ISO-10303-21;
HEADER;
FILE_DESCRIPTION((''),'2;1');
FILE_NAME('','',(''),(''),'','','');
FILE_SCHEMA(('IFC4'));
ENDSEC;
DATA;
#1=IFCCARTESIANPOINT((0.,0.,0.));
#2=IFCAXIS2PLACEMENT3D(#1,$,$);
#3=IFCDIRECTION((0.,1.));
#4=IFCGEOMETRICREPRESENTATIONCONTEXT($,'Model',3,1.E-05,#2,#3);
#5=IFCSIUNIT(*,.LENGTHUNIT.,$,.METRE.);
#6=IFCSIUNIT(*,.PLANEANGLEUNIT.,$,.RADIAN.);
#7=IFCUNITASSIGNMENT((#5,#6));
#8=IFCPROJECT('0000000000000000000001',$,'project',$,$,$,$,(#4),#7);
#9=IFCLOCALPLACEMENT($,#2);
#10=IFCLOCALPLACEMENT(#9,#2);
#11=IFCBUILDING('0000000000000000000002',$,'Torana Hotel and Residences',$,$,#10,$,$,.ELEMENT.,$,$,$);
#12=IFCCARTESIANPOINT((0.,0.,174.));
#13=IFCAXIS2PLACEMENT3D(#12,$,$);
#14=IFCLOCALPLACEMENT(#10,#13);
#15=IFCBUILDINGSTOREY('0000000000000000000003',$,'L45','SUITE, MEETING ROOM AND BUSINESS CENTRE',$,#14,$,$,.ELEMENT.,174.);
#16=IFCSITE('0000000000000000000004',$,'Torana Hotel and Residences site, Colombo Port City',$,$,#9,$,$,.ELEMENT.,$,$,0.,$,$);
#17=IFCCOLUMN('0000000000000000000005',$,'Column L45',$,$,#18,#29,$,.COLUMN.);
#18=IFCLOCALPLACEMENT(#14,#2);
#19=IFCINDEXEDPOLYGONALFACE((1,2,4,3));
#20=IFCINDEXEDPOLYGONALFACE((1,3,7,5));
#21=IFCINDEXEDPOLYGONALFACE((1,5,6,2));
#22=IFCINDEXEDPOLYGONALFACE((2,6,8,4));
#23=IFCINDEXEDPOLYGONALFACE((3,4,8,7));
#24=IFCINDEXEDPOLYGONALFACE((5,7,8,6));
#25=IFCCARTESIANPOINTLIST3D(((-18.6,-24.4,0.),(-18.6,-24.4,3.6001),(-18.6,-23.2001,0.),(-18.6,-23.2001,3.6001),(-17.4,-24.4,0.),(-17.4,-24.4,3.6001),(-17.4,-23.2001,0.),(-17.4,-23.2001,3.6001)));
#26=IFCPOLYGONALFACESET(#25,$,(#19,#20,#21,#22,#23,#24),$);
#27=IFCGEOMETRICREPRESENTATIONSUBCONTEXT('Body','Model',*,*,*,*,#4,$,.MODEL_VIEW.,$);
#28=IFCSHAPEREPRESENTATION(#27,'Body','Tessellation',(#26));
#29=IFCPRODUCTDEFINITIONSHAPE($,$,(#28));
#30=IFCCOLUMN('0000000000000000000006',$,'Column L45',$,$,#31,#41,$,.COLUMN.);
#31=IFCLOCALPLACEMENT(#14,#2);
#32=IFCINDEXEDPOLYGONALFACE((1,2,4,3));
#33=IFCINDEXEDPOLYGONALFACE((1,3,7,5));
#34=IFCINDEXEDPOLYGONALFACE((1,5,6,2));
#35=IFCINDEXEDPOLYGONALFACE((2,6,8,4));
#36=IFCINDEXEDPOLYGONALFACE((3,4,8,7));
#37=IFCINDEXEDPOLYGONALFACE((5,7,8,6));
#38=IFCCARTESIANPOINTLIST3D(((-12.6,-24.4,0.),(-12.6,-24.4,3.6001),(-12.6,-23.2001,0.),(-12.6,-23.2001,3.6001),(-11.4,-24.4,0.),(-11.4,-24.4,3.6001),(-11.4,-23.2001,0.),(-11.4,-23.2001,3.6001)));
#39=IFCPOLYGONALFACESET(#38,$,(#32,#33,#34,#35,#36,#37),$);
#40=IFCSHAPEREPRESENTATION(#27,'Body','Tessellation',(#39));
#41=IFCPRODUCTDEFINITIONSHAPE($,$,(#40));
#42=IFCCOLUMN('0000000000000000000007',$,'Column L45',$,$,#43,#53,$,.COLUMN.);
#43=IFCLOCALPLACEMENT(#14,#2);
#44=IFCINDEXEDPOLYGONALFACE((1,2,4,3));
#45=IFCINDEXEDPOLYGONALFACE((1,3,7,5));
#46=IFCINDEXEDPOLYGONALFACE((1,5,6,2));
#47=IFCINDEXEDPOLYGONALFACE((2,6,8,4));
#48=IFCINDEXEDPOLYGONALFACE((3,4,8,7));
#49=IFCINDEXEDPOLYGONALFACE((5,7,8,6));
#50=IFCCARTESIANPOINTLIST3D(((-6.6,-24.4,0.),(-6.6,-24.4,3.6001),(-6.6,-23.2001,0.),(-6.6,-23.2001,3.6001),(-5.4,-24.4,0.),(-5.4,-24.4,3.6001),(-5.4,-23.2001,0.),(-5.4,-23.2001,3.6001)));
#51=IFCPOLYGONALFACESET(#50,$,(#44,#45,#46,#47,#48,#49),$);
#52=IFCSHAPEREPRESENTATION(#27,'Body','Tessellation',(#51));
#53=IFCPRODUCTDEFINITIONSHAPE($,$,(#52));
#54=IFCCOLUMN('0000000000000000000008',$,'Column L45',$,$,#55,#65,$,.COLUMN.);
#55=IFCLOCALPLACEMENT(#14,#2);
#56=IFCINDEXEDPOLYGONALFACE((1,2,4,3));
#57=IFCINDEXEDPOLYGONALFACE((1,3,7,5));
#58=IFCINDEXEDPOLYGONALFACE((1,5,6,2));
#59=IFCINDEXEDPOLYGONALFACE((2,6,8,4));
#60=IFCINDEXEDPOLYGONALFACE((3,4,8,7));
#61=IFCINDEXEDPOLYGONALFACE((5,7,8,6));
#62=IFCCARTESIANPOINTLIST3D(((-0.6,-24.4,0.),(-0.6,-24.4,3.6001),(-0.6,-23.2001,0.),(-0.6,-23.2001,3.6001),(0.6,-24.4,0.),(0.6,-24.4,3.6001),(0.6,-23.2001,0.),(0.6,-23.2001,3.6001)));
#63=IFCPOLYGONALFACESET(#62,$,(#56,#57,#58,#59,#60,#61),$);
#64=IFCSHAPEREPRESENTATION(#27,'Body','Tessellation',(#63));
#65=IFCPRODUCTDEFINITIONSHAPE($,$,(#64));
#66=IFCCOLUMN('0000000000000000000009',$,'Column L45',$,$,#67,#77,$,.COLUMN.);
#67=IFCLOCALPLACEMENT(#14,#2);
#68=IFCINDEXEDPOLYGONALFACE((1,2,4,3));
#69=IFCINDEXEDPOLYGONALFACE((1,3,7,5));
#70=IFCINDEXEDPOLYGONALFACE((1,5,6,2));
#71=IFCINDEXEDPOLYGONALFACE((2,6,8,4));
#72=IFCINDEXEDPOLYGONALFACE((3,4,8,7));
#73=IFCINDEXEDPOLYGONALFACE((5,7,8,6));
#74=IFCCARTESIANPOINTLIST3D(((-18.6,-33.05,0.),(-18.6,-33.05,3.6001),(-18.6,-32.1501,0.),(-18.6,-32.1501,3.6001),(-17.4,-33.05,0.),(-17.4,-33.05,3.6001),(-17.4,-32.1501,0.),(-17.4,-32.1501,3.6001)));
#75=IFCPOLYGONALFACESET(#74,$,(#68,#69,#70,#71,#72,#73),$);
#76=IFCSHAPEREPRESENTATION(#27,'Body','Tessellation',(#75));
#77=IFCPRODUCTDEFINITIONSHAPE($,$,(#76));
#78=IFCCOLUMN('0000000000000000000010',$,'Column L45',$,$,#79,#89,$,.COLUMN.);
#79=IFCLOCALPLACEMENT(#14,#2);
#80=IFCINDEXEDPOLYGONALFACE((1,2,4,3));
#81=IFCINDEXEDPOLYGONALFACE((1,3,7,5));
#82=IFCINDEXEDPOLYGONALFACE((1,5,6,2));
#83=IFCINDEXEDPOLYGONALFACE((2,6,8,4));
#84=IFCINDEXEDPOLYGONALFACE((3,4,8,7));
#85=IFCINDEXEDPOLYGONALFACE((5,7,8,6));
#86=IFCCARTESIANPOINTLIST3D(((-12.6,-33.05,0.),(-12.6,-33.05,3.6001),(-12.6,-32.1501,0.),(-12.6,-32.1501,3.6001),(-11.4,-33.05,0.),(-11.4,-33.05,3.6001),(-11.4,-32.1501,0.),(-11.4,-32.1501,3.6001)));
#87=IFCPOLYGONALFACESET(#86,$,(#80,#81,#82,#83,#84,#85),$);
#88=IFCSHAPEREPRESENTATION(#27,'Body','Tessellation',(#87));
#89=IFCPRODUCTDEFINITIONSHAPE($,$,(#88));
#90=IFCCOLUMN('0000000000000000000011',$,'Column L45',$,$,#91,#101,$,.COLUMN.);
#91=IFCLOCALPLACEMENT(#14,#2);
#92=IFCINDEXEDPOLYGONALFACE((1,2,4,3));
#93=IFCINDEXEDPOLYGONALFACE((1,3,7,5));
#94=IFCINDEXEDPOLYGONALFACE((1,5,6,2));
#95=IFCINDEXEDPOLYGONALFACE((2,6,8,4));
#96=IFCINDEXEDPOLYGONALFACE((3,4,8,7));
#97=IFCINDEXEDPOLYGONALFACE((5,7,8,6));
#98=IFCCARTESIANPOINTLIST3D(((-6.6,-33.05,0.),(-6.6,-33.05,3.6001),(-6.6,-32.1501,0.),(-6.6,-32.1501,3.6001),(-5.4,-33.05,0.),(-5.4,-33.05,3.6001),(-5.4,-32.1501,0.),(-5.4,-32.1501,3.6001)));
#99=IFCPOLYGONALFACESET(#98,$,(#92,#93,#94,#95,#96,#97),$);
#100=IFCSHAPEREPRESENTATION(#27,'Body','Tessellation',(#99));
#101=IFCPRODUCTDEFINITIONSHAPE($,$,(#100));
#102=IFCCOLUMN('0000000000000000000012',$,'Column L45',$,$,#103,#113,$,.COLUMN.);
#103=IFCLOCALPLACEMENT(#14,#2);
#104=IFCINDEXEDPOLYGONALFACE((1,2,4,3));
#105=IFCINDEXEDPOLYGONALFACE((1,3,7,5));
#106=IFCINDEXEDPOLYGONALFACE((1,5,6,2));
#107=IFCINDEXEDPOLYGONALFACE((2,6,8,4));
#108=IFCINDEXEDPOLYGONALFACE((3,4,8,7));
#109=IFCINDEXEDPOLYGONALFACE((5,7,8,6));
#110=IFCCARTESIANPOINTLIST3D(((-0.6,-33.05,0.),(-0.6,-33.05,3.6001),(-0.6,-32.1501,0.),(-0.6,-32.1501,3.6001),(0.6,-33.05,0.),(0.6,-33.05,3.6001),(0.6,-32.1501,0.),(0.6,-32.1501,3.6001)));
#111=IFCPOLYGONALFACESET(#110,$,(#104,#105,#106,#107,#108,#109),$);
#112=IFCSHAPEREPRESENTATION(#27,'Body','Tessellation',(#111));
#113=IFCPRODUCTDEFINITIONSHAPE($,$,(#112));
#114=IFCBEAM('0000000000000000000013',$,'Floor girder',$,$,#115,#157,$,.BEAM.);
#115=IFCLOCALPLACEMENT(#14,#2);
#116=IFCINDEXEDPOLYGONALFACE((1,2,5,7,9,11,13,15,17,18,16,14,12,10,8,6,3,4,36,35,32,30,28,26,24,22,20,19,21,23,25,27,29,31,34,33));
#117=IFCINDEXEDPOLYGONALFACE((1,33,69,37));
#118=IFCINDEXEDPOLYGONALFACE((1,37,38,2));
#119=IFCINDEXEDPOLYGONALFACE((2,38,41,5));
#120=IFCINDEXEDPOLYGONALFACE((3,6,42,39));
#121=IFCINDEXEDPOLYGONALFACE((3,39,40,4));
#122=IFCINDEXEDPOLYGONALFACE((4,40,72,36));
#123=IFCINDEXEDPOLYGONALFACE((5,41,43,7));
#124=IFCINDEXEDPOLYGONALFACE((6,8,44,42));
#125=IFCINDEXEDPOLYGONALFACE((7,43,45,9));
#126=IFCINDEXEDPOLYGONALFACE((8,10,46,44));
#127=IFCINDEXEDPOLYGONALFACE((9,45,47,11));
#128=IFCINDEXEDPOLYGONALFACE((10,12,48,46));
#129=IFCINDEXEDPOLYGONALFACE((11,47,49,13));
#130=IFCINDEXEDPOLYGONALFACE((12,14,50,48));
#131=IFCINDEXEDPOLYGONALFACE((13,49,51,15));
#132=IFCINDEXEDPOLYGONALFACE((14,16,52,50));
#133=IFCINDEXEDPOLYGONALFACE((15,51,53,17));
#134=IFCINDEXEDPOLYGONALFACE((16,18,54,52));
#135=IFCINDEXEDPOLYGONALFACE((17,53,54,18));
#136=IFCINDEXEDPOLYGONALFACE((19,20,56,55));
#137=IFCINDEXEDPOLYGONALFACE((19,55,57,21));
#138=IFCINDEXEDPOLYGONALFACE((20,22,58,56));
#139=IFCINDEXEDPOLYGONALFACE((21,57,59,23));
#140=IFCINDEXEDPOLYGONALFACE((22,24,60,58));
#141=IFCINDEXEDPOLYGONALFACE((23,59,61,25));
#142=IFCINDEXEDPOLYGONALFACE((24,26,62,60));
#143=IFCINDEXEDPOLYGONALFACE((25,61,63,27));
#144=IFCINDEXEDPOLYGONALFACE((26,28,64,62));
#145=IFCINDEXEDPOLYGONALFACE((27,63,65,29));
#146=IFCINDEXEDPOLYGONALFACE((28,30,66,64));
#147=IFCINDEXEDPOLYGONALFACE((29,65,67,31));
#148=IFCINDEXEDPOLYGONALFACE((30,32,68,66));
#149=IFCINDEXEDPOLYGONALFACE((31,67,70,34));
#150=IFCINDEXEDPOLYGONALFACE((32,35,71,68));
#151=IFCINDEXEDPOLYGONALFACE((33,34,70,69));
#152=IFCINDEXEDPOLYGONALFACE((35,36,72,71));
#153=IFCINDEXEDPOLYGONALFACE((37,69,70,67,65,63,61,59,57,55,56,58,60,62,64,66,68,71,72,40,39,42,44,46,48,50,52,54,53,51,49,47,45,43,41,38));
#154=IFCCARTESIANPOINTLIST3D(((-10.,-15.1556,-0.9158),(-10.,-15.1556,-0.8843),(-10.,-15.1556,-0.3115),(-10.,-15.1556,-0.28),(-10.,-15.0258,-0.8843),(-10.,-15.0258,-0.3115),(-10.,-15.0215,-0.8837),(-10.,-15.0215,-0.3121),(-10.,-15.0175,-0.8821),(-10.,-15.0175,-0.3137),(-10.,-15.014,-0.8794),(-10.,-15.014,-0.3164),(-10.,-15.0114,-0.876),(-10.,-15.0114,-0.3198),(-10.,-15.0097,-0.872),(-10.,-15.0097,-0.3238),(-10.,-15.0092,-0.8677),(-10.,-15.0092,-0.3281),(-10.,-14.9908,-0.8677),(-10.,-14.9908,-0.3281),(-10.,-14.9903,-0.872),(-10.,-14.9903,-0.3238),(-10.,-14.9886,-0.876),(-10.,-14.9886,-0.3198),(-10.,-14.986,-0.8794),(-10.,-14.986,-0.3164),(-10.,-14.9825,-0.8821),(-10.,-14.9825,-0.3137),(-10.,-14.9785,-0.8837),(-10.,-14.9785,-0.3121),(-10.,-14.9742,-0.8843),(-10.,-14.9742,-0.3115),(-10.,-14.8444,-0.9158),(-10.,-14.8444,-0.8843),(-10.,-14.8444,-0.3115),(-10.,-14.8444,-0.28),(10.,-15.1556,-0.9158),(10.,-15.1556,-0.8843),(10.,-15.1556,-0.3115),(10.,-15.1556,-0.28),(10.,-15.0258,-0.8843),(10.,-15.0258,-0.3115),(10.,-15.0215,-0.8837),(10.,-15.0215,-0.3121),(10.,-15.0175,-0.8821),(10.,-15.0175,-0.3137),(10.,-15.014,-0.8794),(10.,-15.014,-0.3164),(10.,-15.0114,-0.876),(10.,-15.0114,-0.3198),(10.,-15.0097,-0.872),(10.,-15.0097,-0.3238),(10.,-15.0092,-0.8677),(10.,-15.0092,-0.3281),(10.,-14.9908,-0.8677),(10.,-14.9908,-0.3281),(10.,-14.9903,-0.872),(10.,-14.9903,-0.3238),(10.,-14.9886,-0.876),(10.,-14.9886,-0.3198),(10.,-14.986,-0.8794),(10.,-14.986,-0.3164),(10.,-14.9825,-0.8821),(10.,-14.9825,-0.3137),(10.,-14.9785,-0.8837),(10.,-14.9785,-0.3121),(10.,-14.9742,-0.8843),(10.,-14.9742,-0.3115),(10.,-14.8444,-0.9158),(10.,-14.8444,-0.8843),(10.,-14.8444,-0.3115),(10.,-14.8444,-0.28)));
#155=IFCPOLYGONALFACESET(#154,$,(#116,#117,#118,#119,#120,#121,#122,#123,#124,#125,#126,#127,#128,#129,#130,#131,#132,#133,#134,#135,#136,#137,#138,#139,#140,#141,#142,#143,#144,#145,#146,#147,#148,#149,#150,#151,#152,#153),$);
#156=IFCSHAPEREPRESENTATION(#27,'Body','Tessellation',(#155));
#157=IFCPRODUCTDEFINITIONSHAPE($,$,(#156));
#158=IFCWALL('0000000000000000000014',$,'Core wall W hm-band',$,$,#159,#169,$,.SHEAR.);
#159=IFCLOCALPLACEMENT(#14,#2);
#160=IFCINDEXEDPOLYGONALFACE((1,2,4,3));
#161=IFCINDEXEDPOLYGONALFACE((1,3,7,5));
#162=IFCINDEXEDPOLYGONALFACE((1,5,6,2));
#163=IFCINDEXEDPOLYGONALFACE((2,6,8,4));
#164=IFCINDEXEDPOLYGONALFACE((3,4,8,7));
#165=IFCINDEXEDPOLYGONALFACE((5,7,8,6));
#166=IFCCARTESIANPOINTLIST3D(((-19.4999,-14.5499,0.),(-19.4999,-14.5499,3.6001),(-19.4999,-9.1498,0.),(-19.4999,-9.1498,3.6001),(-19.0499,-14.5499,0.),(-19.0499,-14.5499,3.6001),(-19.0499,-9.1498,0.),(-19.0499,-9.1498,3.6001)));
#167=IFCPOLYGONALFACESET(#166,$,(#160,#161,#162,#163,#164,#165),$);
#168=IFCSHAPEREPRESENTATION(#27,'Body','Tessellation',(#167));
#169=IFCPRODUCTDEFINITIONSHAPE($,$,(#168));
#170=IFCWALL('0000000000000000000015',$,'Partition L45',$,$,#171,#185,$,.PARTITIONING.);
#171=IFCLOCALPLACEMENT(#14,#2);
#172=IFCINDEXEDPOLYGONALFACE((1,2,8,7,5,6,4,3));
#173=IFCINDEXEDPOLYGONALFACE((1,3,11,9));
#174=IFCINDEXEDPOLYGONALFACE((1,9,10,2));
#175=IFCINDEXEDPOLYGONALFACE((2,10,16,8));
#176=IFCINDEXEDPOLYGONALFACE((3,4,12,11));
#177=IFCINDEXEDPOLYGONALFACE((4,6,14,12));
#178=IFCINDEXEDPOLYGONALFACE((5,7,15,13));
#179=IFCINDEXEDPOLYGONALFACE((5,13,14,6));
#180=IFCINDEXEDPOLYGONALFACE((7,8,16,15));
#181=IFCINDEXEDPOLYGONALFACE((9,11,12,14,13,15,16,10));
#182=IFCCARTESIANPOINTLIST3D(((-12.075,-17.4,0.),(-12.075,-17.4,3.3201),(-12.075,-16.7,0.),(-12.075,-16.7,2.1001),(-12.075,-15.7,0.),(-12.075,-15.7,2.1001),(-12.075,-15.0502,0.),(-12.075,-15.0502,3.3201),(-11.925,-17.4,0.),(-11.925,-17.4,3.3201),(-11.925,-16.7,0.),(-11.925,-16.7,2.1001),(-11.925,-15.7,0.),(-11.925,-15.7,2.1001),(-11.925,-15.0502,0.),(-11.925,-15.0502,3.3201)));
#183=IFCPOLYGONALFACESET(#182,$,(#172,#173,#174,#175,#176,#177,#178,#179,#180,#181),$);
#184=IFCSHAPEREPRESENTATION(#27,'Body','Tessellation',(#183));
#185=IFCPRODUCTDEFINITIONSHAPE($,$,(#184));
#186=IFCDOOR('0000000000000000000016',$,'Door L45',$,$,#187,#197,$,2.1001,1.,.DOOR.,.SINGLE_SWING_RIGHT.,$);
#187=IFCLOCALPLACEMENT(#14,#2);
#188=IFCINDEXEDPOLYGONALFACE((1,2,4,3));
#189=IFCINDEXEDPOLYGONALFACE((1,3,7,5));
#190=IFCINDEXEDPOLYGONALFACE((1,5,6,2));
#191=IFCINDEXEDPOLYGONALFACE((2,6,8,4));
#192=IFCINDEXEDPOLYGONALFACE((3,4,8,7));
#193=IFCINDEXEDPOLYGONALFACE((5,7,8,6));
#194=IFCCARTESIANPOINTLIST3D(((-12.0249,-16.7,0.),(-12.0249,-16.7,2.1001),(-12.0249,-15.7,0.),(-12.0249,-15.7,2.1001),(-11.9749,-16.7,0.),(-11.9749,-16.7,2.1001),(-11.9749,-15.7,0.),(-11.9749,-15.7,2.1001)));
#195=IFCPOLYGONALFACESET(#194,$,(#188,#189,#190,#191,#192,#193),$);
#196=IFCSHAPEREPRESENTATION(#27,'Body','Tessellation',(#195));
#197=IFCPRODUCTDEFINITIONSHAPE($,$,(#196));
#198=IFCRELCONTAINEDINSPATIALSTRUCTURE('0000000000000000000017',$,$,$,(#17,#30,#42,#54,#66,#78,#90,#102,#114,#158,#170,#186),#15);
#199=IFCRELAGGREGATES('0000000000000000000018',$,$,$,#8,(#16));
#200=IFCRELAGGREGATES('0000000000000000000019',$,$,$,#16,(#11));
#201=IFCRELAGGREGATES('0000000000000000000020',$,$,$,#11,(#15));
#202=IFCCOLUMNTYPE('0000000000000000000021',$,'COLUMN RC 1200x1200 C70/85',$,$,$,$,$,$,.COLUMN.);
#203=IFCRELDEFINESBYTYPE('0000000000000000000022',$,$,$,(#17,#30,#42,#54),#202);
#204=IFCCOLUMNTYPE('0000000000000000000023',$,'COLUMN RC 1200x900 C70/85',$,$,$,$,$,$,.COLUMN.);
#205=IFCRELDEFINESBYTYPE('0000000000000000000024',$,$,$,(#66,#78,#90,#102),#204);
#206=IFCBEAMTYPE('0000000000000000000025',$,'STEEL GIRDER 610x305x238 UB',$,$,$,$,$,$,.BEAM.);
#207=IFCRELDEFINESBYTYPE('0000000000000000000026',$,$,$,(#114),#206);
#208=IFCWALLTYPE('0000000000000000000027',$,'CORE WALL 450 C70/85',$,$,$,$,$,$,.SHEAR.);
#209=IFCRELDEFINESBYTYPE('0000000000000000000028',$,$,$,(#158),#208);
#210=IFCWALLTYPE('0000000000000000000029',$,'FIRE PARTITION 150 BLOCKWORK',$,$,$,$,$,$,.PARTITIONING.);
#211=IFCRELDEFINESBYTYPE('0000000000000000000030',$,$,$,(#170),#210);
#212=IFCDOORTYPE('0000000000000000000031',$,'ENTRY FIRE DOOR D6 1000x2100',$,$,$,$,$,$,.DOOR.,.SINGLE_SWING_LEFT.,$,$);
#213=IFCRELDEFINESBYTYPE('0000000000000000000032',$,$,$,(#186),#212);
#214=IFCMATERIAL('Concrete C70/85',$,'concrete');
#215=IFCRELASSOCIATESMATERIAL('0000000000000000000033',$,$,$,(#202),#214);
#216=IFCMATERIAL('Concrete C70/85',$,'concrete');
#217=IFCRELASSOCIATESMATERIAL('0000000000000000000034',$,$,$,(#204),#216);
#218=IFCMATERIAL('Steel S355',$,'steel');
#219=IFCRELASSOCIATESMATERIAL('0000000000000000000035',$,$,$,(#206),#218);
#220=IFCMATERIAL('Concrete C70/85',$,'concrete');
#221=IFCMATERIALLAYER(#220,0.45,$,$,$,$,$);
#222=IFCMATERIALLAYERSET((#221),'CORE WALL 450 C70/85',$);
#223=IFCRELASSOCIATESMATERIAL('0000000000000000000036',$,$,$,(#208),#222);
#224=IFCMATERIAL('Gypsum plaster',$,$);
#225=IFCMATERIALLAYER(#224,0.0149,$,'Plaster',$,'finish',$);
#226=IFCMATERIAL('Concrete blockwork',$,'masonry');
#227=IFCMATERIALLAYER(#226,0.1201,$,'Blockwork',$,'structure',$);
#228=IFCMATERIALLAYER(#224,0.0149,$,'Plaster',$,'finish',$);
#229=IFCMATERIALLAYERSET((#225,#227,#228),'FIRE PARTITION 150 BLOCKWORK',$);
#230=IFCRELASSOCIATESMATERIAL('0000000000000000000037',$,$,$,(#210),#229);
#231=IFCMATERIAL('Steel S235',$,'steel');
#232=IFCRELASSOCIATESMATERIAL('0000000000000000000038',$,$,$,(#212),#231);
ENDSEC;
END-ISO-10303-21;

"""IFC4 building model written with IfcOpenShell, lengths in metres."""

from ifc_helpers import new_model, si_unit, direction, frame, frame_2d, origin, origin_2d, place, context, subcontext, project, spatial, rectangle, i_section, extrude, material, layer, layer_set, material_profile, profile_set, type_object, element, fill, save


model = new_model("IFC4")

# Units and contexts
model_context = context("Model", 3, precision=1e-05, world=origin(), true_north=direction((0.0, 1.0)))
body_context = subcontext(model_context, "Body", "Model", "MODEL_VIEW")
ifc_project = project(units=[si_unit("LENGTHUNIT", "METRE"), si_unit("PLANEANGLEUNIT", "RADIAN")], contexts=[model_context])

# Site, building, storey
site_placement = place(None, origin())
site = spatial("IfcSite", under=ifc_project, at=site_placement, Name="Torana Hotel and Residences site, Colombo Port City", CompositionType="ELEMENT", RefElevation=0.0)
building_placement = place(site_placement, origin())
building = spatial("IfcBuilding", under=site, at=building_placement, Name="Torana Hotel and Residences", CompositionType="ELEMENT")
storey_placement = place(building_placement, frame((0.0, 0.0, 174.0)))
storey = spatial("IfcBuildingStorey", under=building, at=storey_placement, Name="L45", Description="SUITE, MEETING ROOM AND BUSINESS CENTRE", CompositionType="ELEMENT", Elevation=174.0)

# Columns
ifc_material_1 = material(Name="Concrete C70/85", Category="concrete")
ifc_material_profile_1 = material_profile(ifc_material_1, rectangle(XDim=1.2, YDim=1.2, at=origin_2d()), Name="RC 1200x1200")
ifc_profile_set_1 = profile_set([ifc_material_profile_1], Name="Concrete C70/85")
column_type_1 = type_object("IfcColumnType", Name="COLUMN RC 1200x1200 C70/85", PredefinedType="COLUMN", material=ifc_profile_set_1)
for number, where, z_axis, x_axis, name in (
    (1, (-18.0, -23.8, 0.0), (0.0, 0.0, 1.0), (1.0, 0.0, 0.0), "Column L45"),
    (2, (-12.0, -23.8, 0.0), (0.0, 0.0, 1.0), (1.0, 0.0, 0.0), "Column L45"),
    (3, (-6.0, -23.8, 0.0), (0.0, 0.0, 1.0), (1.0, 0.0, 0.0), "Column L45"),
    (4, (0.0, -23.8, 0.0), (0.0, 0.0, 1.0), (1.0, 0.0, 0.0), "Column L45"),
):
    element("IfcColumn", number, at=place(storey_placement, frame(where, z_axis=z_axis, x_axis=x_axis)), inside=storey, type_object=column_type_1, Name=name, PredefinedType="COLUMN", context=body_context, shape_type="SweptSolid", body=[
        extrude(rectangle(XDim=1.2, YDim=1.2, at=origin_2d()), origin(), (0.0, 0.0, 1.0), 3.6001),
    ])
ifc_material_2 = material(Name="Concrete C70/85", Category="concrete")
ifc_material_profile_2 = material_profile(ifc_material_2, rectangle(XDim=1.2, YDim=0.8999, at=origin_2d()), Name="RC 1200x900")
ifc_profile_set_2 = profile_set([ifc_material_profile_2], Name="Concrete C70/85")
column_type_2 = type_object("IfcColumnType", Name="COLUMN RC 1200x900 C70/85", PredefinedType="COLUMN", material=ifc_profile_set_2)
for number, where, z_axis, x_axis, name in (
    (5, (-18.0, -32.6001, 0.0), (0.0, 0.0, 1.0), (1.0, 0.0, 0.0), "Column L45"),
    (6, (-12.0, -32.6001, 0.0), (0.0, 0.0, 1.0), (1.0, 0.0, 0.0), "Column L45"),
    (7, (-6.0, -32.6001, 0.0), (0.0, 0.0, 1.0), (1.0, 0.0, 0.0), "Column L45"),
    (8, (0.0, -32.6001, 0.0), (0.0, 0.0, 1.0), (1.0, 0.0, 0.0), "Column L45"),
):
    element("IfcColumn", number, at=place(storey_placement, frame(where, z_axis=z_axis, x_axis=x_axis)), inside=storey, type_object=column_type_2, Name=name, PredefinedType="COLUMN", context=body_context, shape_type="SweptSolid", body=[
        extrude(rectangle(XDim=1.2, YDim=0.8999, at=origin_2d()), origin(), (0.0, 0.0, 1.0), 3.6001),
    ])

# Beam
ifc_material_3 = material(Name="Steel S355", Category="steel")
ifc_material_profile_3 = material_profile(ifc_material_3, i_section(OverallWidth=0.3113, OverallDepth=0.6357, WebThickness=0.0183, FlangeThickness=0.0315, FilletRadius=0.0166, at=origin_2d()), Name="610x305x238 UB")
ifc_profile_set_3 = profile_set([ifc_material_profile_3], Name="Steel S355")
beam_type = type_object("IfcBeamType", Name="STEEL GIRDER 610x305x238 UB", PredefinedType="BEAM", material=ifc_profile_set_3)
beam_placement = place(storey_placement, frame((-10.0, -15.0, -0.5979), z_axis=(1.0, 0.0, 0.0), x_axis=(0.0, 1.0, 0.0)))
element("IfcBeam", 9, at=beam_placement, inside=storey, type_object=beam_type, Name="Floor girder", PredefinedType="BEAM", context=body_context, shape_type="SweptSolid", body=[
    extrude(i_section(OverallWidth=0.3113, OverallDepth=0.6357, WebThickness=0.0183, FlangeThickness=0.0315, FilletRadius=0.0166, at=origin_2d()), origin(), (0.0, 0.0, 1.0), 20.0),
])

# Wall
ifc_material_4 = material(Name="Concrete C70/85", Category="concrete")
ifc_layer_1 = layer(ifc_material_4, 0.45)
ifc_layer_set_1 = layer_set([ifc_layer_1], Name="CORE WALL 450 C70/85")
wall_type_1 = type_object("IfcWallType", Name="CORE WALL 450 C70/85", PredefinedType="SHEAR", material=ifc_layer_set_1)
wall_1_placement = place(storey_placement, frame((-19.2749, -14.55, 0.0), z_axis=(0.0, 0.0, 1.0), x_axis=(0.0, 1.0, 0.0)))
element("IfcWall", 10, at=wall_1_placement, inside=storey, type_object=wall_type_1, Name="Core wall W hm-band", PredefinedType="SHEAR", context=body_context, shape_type="SweptSolid", body=[
    extrude(rectangle(XDim=5.4001, YDim=0.45, at=frame_2d((2.7002, 0.0))), origin(), (0.0, 0.0, 1.0), 3.6001),
])

# Wall, opening, door
ifc_material_5 = material(Name="Gypsum plaster")
ifc_layer_2 = layer(ifc_material_5, 0.0149, Name="Plaster", Category="finish")
ifc_material_6 = material(Name="Concrete blockwork", Category="masonry")
ifc_layer_3 = layer(ifc_material_6, 0.1201, Name="Blockwork", Category="structure")
ifc_layer_4 = layer(ifc_material_5, 0.0149, Name="Plaster", Category="finish")
ifc_layer_set_2 = layer_set([ifc_layer_2, ifc_layer_3, ifc_layer_4], Name="FIRE PARTITION 150 BLOCKWORK")
wall_type_2 = type_object("IfcWallType", Name="FIRE PARTITION 150 BLOCKWORK", PredefinedType="PARTITIONING", material=ifc_layer_set_2)
wall_2_placement = place(storey_placement, frame((-12.0, -17.3999, 0.0), z_axis=(0.0, 0.0, 1.0), x_axis=(0.0, 1.0, 0.0)))
wall_2 = element("IfcWall", 11, at=wall_2_placement, inside=storey, type_object=wall_type_2, Name="Partition L45", PredefinedType="PARTITIONING", context=body_context, shape_type="SweptSolid", body=[
    extrude(rectangle(XDim=2.3499, YDim=0.1499, at=frame_2d((1.1748, 0.0))), origin(), (0.0, 0.0, 1.0), 3.3201),
])
opening_1_placement = place(wall_2_placement, frame((0.7, 0.0, 0.0)))
opening_1 = element("IfcOpeningElement", 12, at=opening_1_placement, cuts=wall_2, PredefinedType="OPENING", context=body_context, shape_type="SweptSolid", body=[
    extrude(rectangle(XDim=1.0, YDim=2.1001, at=frame_2d((0.5, 1.05))), frame((0.0, 0.085, 0.0), z_axis=(0.0, -1.0, 0.0), x_axis=(1.0, 0.0, 0.0)), (0.0, 0.0, 1.0), 0.1699),
])
ifc_material_7 = material(Name="Steel S235", Category="steel")
door_type_1 = type_object("IfcDoorType", Name="ENTRY FIRE DOOR D6 1000x2100", OperationType="SINGLE_SWING_LEFT", PredefinedType="DOOR", material=ifc_material_7)
door_1_placement = place(opening_1_placement, origin())
door_1 = element("IfcDoor", 13, at=door_1_placement, inside=storey, type_object=door_type_1, Name="Door L45", OperationType="SINGLE_SWING_RIGHT", OverallHeight=2.1001, OverallWidth=1.0, PredefinedType="DOOR", context=body_context, shape_type="SweptSolid", body=[
    extrude(rectangle(XDim=1.0, YDim=2.1001, at=frame_2d((0.5, 1.05))), frame((0.0, 0.0249, 0.0), z_axis=(0.0, -1.0, 0.0), x_axis=(1.0, 0.0, 0.0)), (0.0, 0.0, 1.0), 0.05),
])
fill(opening_1, door_1)

save(model, "model.ifc")
